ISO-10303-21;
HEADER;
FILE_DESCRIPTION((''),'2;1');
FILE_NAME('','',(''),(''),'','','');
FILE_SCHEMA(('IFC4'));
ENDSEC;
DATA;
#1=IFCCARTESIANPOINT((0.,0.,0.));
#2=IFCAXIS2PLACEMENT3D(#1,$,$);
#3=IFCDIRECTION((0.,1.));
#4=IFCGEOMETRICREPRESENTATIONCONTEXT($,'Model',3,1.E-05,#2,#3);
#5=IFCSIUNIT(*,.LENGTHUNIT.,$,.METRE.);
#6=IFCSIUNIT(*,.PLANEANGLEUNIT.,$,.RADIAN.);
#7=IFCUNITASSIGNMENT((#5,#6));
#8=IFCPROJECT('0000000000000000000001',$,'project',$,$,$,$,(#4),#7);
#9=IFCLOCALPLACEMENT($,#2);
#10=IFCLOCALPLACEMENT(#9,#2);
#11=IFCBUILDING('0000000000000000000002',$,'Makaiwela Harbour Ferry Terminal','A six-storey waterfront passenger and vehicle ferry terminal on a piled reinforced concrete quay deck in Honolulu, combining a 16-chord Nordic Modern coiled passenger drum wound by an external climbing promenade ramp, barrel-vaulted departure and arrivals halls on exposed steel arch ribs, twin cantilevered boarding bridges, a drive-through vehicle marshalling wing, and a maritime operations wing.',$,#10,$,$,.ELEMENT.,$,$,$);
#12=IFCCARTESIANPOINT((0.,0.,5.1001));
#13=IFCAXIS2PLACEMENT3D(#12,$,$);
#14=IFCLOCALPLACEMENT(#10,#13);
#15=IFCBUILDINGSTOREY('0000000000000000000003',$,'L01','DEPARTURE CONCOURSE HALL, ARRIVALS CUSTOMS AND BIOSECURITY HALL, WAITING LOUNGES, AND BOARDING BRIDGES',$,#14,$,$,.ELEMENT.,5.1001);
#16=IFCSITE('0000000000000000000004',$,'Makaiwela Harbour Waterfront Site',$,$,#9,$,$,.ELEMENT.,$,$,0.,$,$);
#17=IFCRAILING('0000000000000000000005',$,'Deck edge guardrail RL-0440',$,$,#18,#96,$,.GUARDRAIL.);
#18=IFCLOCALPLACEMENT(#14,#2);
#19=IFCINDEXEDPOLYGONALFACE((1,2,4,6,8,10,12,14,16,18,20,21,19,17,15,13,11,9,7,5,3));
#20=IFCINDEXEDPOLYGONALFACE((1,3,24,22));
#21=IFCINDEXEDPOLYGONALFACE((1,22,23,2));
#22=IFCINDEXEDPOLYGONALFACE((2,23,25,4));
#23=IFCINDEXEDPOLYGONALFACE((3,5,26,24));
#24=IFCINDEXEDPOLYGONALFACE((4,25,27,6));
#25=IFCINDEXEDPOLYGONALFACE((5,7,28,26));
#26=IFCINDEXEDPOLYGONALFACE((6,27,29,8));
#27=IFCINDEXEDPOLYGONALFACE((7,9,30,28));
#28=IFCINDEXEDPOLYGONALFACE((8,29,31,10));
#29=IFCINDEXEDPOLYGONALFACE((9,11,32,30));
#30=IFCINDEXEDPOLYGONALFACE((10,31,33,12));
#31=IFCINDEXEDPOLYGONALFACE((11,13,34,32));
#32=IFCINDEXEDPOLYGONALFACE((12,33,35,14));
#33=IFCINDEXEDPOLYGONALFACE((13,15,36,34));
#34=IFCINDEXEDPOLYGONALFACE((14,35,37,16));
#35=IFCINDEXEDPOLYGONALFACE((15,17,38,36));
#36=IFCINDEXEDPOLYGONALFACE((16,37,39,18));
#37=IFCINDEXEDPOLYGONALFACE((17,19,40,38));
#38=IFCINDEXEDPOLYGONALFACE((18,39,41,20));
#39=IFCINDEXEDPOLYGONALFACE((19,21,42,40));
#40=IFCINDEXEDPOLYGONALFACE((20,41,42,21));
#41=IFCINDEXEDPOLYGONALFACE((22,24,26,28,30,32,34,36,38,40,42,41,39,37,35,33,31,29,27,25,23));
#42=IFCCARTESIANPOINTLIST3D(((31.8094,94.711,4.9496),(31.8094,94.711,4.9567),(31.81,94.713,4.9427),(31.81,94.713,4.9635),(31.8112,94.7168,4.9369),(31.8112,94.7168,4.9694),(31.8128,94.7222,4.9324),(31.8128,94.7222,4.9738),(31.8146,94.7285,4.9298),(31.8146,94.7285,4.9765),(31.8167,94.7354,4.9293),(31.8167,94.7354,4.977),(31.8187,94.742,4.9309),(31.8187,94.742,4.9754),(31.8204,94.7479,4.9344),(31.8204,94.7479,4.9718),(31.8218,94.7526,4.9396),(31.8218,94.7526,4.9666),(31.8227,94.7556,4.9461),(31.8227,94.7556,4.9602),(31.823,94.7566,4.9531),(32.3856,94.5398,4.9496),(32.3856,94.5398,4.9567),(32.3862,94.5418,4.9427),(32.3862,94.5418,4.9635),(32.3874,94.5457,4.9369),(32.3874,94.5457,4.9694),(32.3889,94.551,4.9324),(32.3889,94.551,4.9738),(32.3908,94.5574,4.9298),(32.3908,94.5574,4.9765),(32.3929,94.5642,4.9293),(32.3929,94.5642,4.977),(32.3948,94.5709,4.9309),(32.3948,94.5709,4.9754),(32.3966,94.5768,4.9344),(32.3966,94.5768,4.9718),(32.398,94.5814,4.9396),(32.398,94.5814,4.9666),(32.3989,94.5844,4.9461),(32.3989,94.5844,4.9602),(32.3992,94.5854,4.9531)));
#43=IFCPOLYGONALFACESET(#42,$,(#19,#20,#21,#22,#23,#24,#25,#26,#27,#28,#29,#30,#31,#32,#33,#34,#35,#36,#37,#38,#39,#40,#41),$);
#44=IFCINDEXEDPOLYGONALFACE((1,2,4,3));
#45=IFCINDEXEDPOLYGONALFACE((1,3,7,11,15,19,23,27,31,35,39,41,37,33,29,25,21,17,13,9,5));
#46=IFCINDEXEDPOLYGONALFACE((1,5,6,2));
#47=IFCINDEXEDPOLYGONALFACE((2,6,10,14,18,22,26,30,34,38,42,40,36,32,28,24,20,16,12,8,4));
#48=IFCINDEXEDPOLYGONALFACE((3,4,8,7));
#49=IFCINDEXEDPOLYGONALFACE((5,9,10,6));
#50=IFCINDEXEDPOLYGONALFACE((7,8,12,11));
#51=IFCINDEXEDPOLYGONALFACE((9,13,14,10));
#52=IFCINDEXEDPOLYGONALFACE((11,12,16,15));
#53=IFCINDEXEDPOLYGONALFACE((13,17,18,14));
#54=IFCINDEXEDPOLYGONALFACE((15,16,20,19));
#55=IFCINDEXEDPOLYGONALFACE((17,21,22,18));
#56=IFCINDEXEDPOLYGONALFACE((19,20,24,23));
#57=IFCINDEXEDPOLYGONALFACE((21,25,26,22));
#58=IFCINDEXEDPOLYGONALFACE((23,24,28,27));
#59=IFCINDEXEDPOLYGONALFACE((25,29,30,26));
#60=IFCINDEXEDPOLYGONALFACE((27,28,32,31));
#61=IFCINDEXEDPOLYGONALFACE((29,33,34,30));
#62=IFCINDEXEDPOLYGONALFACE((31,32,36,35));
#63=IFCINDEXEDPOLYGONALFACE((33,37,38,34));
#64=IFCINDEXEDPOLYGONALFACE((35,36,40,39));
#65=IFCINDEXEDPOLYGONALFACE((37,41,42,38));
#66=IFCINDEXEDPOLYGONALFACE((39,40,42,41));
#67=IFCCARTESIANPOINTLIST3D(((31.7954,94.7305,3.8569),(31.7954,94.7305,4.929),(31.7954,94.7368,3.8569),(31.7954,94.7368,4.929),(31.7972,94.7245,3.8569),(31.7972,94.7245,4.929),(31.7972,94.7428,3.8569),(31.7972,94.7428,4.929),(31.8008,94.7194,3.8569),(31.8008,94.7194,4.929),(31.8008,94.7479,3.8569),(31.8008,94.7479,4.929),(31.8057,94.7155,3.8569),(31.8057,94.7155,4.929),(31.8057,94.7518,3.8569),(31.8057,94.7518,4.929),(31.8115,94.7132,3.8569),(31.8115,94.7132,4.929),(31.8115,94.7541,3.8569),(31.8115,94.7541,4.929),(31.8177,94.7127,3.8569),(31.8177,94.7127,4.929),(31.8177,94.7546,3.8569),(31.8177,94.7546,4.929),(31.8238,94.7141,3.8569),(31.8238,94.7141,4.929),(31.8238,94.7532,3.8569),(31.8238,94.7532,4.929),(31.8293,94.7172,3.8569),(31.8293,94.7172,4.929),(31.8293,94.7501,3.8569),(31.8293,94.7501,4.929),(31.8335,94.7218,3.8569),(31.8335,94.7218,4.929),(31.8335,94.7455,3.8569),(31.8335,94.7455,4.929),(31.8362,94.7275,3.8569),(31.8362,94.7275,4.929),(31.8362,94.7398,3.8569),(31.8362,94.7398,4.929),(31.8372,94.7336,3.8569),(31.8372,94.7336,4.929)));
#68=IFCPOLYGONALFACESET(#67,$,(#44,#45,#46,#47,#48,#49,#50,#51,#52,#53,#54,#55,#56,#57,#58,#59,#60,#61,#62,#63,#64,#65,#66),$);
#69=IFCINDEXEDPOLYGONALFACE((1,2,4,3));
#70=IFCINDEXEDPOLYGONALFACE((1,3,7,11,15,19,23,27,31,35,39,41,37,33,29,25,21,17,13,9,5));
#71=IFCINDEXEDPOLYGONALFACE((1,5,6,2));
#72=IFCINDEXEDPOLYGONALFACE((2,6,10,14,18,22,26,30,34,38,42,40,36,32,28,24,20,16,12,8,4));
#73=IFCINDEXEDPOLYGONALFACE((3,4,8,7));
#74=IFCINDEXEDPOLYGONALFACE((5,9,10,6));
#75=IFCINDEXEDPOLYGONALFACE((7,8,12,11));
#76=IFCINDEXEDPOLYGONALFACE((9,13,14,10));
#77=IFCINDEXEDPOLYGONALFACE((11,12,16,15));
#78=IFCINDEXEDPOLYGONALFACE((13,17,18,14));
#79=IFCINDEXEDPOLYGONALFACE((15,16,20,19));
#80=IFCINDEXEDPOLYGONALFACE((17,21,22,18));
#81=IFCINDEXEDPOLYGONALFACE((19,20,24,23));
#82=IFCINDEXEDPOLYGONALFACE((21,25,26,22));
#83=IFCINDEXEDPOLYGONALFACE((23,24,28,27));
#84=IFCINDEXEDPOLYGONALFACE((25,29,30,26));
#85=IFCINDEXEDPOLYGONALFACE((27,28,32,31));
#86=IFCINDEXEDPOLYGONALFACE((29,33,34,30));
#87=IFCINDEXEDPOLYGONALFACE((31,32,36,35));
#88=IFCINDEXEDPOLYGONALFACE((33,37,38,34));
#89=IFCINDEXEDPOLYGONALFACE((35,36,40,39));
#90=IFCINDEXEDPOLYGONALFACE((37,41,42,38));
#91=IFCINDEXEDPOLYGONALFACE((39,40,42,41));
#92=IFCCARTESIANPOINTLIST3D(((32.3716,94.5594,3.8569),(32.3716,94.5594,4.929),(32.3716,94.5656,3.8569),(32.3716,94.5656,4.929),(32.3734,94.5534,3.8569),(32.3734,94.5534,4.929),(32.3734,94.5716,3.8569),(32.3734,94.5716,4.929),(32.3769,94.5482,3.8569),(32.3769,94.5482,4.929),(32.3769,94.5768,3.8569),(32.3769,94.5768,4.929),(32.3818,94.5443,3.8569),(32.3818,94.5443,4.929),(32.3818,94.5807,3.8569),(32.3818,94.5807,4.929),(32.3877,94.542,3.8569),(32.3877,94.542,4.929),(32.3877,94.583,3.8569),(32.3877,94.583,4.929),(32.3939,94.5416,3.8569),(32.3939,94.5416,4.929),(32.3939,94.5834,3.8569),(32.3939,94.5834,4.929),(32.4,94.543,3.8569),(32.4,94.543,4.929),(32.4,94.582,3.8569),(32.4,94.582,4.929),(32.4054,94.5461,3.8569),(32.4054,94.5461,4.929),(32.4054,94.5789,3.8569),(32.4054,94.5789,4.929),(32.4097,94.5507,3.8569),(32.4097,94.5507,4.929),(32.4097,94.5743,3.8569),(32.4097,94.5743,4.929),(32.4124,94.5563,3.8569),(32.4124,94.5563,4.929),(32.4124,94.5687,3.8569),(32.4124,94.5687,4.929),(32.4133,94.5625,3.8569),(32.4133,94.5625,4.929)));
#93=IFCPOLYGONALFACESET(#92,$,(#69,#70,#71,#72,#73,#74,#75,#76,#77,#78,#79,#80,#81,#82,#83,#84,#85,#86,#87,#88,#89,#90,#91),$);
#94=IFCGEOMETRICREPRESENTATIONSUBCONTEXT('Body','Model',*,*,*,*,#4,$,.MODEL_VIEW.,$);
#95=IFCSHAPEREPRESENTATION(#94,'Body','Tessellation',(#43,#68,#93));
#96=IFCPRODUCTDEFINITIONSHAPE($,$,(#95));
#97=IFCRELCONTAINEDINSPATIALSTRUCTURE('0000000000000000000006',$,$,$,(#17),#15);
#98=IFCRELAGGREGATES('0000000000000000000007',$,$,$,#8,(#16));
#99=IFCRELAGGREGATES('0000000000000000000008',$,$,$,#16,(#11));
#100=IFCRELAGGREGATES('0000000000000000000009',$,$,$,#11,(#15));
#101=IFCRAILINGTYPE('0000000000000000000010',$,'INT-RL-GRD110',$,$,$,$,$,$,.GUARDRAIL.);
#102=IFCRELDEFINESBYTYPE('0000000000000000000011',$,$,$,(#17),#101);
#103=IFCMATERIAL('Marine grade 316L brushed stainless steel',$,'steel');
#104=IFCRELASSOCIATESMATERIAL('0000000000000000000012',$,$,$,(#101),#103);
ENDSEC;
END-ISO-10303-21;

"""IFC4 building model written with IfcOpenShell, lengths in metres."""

from ifc_helpers import new_model, si_unit, direction, frame, origin, origin_2d, place, context, subcontext, project, spatial, circle, extrude, material, type_object, element, save


model = new_model("IFC4")

# Units and contexts
model_context = context("Model", 3, precision=1e-05, world=origin(), true_north=direction((0.0, 1.0)))
body_context = subcontext(model_context, "Body", "Model", "MODEL_VIEW")
ifc_project = project(units=[si_unit("LENGTHUNIT", "METRE"), si_unit("PLANEANGLEUNIT", "RADIAN")], contexts=[model_context])

# Site, building, storey
site_placement = place(None, origin())
site = spatial("IfcSite", under=ifc_project, at=site_placement, Name="Makaiwela Harbour Waterfront Site", CompositionType="ELEMENT", RefElevation=0.0)
building_placement = place(site_placement, origin())
building = spatial("IfcBuilding", under=site, at=building_placement, Name="Makaiwela Harbour Ferry Terminal", Description="A six-storey waterfront passenger and vehicle ferry terminal on a piled reinforced concrete quay deck in Honolulu, combining a 16-chord Nordic Modern coiled passenger drum wound by an external climbing promenade ramp, barrel-vaulted departure and arrivals halls on exposed steel arch ribs, twin cantilevered boarding bridges, a drive-through vehicle marshalling wing, and a maritime operations wing.", CompositionType="ELEMENT")
storey_placement = place(building_placement, frame((0.0, 0.0, 5.1001)))
storey = spatial("IfcBuildingStorey", under=building, at=storey_placement, Name="L01", Description="DEPARTURE CONCOURSE HALL, ARRIVALS CUSTOMS AND BIOSECURITY HALL, WAITING LOUNGES, AND BOARDING BRIDGES", CompositionType="ELEMENT", Elevation=5.1001)

# Railing
ifc_material_1 = material(Name="Marine grade 316L brushed stainless steel", Category="steel")
railing_type_1 = type_object("IfcRailingType", Name="INT-RL-GRD110", PredefinedType="GUARDRAIL", material=ifc_material_1)
railing_1_placement = place(storey_placement, frame((31.8162, 94.7336, 3.8569)))
element("IfcRailing", 1, at=railing_1_placement, inside=storey, type_object=railing_type_1, Name="Deck edge guardrail RL-0440", PredefinedType="GUARDRAIL", context=body_context, shape_type="SweptSolid", body=[
    extrude(circle(Radius=0.0239, at=origin_2d()), frame((0.0, 0.0, 1.0962), z_axis=(0.958605, -0.284738, 0.0), x_axis=(0.284738, 0.958605, 0.0)), (0.0, 0.0, 1.0), 0.6011),
    extrude(circle(Radius=0.021, at=origin_2d()), origin(), (0.0, 0.0, 1.0), 1.072),
    extrude(circle(Radius=0.021, at=origin_2d()), frame((0.5762, -0.1711, 0.0)), (0.0, 0.0, 1.0), 1.072),
])

save(model, "model.ifc")
